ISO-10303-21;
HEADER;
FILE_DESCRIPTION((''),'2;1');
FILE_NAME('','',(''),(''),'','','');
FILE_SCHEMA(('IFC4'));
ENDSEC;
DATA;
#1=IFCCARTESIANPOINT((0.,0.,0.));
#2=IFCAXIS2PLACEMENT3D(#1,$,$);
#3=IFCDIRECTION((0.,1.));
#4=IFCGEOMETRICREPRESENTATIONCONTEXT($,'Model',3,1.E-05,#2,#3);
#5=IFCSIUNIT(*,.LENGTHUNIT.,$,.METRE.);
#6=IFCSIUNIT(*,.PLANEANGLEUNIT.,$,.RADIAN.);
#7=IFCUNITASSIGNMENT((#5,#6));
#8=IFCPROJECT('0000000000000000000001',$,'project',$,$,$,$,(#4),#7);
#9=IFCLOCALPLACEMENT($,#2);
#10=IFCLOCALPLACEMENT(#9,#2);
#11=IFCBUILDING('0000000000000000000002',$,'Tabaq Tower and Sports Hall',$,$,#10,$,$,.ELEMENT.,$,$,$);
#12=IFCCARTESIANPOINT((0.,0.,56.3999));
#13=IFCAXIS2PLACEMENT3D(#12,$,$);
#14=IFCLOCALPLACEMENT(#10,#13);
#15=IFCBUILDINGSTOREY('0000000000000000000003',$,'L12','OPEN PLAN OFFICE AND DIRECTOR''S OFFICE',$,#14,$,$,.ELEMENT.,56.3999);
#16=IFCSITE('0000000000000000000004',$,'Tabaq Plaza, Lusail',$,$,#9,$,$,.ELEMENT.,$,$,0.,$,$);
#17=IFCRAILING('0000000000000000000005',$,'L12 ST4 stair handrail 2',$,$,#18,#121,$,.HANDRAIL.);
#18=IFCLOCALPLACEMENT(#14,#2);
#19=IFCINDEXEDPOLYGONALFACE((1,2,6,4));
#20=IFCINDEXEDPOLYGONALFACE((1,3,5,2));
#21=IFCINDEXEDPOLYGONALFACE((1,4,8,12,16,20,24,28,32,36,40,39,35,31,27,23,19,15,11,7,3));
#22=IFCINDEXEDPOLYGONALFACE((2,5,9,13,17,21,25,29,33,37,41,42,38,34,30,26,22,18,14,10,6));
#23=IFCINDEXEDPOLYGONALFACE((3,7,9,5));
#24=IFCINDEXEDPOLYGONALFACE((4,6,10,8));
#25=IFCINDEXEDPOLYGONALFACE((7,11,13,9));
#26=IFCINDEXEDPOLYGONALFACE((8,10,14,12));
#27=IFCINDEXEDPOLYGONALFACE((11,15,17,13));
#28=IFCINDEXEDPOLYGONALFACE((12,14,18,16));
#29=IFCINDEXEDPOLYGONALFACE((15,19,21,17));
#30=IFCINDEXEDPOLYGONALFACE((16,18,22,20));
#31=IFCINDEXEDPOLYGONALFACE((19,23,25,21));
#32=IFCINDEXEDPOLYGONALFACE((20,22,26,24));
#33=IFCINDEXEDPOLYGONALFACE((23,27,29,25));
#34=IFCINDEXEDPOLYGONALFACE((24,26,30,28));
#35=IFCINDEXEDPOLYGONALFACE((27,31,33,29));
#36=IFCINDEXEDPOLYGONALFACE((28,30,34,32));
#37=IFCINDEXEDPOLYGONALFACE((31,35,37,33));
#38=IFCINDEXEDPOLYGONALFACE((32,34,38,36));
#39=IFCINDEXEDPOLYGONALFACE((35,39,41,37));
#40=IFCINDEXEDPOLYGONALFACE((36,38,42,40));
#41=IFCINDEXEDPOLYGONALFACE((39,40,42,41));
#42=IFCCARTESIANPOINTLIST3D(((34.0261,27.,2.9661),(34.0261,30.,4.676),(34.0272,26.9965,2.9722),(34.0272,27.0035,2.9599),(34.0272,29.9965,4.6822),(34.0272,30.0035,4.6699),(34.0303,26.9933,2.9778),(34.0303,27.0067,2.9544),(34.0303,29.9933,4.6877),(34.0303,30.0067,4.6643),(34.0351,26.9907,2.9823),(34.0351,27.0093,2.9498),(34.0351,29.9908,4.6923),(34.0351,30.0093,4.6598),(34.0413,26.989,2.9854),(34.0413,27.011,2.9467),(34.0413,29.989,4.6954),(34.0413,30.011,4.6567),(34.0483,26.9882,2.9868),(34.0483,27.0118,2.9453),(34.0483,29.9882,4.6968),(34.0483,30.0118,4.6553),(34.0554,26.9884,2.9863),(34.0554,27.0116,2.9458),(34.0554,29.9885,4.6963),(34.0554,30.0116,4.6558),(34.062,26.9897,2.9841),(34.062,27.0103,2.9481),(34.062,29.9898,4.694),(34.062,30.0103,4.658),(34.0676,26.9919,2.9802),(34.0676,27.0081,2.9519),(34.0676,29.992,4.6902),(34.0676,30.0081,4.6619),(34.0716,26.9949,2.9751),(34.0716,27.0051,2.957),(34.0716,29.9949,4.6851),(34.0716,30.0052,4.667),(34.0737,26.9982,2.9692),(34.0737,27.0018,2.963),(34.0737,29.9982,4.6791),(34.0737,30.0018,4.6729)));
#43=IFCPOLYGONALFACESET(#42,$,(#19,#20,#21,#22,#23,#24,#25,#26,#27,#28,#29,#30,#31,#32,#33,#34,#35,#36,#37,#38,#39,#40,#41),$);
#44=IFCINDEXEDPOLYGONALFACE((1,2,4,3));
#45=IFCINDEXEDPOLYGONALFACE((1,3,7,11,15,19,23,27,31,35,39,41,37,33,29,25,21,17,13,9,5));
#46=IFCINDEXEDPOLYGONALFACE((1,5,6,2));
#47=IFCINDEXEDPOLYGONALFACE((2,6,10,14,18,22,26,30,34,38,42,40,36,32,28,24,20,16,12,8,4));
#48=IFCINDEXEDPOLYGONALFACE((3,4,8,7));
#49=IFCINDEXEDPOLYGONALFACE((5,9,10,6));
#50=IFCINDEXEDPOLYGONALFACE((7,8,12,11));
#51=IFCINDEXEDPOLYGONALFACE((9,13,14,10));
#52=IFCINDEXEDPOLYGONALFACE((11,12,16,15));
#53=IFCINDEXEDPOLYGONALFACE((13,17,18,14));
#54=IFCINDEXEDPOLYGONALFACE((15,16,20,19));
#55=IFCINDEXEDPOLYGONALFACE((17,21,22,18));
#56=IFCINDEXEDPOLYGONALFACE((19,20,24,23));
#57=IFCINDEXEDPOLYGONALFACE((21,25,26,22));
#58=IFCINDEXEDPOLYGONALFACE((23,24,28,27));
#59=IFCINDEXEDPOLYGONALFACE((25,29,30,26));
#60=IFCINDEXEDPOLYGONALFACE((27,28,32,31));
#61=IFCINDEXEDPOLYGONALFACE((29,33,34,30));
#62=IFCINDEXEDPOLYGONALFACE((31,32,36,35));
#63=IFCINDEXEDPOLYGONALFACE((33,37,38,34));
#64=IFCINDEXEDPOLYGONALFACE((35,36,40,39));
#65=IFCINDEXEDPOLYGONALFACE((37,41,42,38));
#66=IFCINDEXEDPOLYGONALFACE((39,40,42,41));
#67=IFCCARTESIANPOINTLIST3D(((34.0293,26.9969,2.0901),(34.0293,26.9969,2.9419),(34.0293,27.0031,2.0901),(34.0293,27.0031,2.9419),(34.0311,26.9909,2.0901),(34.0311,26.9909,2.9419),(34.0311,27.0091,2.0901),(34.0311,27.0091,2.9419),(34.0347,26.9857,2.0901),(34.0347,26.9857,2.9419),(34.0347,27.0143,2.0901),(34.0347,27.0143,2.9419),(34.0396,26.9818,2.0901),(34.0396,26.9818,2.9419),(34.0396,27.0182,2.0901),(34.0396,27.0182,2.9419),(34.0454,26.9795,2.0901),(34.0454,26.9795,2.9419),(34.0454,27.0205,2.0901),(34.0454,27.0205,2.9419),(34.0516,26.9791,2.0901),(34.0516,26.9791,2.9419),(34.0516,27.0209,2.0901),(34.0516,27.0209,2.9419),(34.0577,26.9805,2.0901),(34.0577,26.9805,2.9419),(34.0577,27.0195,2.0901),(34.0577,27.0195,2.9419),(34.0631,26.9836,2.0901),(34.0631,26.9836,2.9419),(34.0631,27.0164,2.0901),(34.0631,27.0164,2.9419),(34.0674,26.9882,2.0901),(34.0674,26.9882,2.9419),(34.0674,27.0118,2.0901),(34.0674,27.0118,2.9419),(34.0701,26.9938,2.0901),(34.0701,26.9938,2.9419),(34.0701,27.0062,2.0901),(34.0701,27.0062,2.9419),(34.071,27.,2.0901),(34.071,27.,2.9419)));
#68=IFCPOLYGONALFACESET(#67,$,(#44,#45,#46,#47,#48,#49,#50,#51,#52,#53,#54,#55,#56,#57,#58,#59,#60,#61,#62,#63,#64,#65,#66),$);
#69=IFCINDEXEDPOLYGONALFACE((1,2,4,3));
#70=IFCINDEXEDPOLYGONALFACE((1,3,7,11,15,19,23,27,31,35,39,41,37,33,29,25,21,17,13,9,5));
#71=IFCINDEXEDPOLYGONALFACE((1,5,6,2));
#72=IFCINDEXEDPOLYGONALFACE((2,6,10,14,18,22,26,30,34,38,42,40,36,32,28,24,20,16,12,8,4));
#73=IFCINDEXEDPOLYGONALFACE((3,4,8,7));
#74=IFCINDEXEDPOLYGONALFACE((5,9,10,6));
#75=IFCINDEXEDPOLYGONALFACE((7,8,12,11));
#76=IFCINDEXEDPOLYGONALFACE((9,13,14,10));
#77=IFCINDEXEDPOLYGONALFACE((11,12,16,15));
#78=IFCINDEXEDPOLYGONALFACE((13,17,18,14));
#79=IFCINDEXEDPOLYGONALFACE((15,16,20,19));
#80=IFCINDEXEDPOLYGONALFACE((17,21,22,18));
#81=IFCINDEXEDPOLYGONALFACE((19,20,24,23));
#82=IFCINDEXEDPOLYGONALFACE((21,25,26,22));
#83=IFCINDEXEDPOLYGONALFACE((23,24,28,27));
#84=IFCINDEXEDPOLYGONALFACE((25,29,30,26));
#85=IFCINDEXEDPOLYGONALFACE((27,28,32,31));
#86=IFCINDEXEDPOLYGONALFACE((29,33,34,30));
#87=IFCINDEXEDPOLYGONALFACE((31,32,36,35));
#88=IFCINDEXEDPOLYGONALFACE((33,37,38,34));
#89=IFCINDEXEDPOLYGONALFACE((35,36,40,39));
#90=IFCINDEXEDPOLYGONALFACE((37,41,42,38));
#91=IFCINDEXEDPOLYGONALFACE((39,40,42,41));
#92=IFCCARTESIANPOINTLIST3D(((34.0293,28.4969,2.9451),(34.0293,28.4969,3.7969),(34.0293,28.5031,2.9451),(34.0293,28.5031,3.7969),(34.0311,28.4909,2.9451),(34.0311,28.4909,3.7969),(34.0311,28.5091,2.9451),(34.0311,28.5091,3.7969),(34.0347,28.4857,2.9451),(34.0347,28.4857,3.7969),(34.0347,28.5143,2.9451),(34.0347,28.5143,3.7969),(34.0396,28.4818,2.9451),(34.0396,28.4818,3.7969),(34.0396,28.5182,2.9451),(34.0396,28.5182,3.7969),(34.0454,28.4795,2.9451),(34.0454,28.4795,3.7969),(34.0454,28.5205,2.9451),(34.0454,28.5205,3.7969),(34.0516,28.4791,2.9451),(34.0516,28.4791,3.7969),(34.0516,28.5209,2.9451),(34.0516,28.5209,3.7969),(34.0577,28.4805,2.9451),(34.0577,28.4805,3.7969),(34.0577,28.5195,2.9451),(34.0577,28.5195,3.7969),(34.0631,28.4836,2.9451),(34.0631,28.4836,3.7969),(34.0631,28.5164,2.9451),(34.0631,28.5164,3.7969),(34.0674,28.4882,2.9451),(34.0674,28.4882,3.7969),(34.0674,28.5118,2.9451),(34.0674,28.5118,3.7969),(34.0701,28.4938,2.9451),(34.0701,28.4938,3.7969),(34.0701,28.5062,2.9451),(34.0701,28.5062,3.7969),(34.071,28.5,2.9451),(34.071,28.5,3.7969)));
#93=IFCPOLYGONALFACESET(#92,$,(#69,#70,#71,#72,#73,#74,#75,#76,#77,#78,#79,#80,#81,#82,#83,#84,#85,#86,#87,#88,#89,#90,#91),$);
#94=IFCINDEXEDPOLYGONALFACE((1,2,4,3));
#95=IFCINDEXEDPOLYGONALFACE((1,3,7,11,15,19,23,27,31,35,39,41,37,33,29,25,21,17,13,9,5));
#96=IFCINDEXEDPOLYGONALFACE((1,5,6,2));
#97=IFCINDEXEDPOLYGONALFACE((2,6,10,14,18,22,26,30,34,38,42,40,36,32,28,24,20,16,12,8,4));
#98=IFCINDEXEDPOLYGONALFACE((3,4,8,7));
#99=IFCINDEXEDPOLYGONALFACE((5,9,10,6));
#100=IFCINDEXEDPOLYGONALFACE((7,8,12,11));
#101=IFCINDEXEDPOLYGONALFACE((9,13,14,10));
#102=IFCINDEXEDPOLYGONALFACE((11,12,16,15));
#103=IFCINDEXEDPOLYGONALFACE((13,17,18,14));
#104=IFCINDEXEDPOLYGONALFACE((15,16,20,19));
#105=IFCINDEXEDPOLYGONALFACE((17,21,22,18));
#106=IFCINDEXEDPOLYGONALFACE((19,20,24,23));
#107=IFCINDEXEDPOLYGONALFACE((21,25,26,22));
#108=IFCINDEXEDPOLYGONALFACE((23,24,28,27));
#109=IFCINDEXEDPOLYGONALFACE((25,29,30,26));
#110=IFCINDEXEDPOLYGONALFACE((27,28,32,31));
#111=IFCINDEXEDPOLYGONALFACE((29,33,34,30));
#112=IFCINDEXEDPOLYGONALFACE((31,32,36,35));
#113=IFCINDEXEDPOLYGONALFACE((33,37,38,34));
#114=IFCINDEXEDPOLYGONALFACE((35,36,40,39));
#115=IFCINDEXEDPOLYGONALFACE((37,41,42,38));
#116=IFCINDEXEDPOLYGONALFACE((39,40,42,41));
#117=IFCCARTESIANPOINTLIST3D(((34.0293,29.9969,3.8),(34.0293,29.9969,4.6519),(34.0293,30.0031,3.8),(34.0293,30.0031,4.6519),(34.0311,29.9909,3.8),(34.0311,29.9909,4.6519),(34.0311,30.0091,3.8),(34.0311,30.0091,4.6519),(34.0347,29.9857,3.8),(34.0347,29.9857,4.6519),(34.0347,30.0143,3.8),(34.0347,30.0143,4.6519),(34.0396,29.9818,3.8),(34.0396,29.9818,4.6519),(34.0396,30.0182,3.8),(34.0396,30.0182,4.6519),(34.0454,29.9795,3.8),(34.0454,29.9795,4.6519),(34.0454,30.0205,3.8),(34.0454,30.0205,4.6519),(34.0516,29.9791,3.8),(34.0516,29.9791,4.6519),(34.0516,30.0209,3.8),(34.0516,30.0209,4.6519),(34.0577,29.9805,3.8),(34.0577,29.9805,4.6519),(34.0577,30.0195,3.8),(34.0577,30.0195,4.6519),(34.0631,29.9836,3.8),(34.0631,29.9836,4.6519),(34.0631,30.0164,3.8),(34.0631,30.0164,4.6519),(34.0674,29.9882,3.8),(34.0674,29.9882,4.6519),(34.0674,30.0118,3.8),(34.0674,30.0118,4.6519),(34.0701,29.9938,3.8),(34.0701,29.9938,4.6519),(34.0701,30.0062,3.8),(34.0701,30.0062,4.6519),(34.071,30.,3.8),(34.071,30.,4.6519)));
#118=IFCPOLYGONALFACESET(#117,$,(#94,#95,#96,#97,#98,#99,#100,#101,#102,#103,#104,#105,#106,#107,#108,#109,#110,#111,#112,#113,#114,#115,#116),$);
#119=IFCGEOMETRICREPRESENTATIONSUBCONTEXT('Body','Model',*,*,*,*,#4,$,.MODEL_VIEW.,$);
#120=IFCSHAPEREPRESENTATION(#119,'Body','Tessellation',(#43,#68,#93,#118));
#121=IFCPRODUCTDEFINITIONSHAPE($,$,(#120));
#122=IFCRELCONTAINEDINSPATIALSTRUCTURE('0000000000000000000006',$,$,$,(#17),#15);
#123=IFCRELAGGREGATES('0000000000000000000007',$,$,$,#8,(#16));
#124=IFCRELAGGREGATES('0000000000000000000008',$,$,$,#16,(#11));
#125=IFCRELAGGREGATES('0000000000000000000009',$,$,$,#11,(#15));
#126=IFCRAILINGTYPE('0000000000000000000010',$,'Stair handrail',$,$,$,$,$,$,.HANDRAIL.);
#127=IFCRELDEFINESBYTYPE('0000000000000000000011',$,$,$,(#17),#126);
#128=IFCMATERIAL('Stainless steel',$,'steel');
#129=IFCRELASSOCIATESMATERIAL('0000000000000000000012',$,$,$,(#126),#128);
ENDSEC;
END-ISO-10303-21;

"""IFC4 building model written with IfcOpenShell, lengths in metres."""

from ifc_helpers import new_model, si_unit, direction, frame, origin, origin_2d, place, context, subcontext, project, spatial, circle, extrude, material, type_object, element, save


model = new_model("IFC4")

# Units and contexts
model_context = context("Model", 3, precision=1e-05, world=origin(), true_north=direction((0.0, 1.0)))
body_context = subcontext(model_context, "Body", "Model", "MODEL_VIEW")
ifc_project = project(units=[si_unit("LENGTHUNIT", "METRE"), si_unit("PLANEANGLEUNIT", "RADIAN")], contexts=[model_context])

# Site, building, storey
site_placement = place(None, origin())
site = spatial("IfcSite", under=ifc_project, at=site_placement, Name="Tabaq Plaza, Lusail", CompositionType="ELEMENT", RefElevation=0.0)
building_placement = place(site_placement, origin())
building = spatial("IfcBuilding", under=site, at=building_placement, Name="Tabaq Tower and Sports Hall", CompositionType="ELEMENT")
storey_placement = place(building_placement, frame((0.0, 0.0, 56.3999)))
storey = spatial("IfcBuildingStorey", under=building, at=storey_placement, Name="L12", Description="OPEN PLAN OFFICE AND DIRECTOR'S OFFICE", CompositionType="ELEMENT", Elevation=56.3999)

# Railing
ifc_material_1 = material(Name="Stainless steel", Category="steel")
railing_type_1 = type_object("IfcRailingType", Name="Stair handrail", PredefinedType="HANDRAIL", material=ifc_material_1)
railing_1_placement = place(storey_placement, frame((34.05, 27.0, 2.0901)))
element("IfcRailing", 1, at=railing_1_placement, inside=storey, type_object=railing_type_1, Name="L12 ST4 stair handrail 2", PredefinedType="HANDRAIL", context=body_context, shape_type="SweptSolid", body=[
    extrude(circle(Radius=0.0239, at=origin_2d()), frame((0.0, 0.0, 0.876), z_axis=(0.0, 0.868782, 0.495195), x_axis=(-1.0, 0.0, 0.0)), (0.0, 0.0, 1.0), 3.4531),
    extrude(circle(Radius=0.021, at=origin_2d()), origin(), (0.0, 0.0, 1.0), 0.8518),
    extrude(circle(Radius=0.021, at=origin_2d()), frame((0.0, 1.5, 0.855)), (0.0, 0.0, 1.0), 0.8518),
    extrude(circle(Radius=0.021, at=origin_2d()), frame((0.0, 3.0, 1.71)), (0.0, 0.0, 1.0), 0.8518),
])

save(model, "model.ifc")
